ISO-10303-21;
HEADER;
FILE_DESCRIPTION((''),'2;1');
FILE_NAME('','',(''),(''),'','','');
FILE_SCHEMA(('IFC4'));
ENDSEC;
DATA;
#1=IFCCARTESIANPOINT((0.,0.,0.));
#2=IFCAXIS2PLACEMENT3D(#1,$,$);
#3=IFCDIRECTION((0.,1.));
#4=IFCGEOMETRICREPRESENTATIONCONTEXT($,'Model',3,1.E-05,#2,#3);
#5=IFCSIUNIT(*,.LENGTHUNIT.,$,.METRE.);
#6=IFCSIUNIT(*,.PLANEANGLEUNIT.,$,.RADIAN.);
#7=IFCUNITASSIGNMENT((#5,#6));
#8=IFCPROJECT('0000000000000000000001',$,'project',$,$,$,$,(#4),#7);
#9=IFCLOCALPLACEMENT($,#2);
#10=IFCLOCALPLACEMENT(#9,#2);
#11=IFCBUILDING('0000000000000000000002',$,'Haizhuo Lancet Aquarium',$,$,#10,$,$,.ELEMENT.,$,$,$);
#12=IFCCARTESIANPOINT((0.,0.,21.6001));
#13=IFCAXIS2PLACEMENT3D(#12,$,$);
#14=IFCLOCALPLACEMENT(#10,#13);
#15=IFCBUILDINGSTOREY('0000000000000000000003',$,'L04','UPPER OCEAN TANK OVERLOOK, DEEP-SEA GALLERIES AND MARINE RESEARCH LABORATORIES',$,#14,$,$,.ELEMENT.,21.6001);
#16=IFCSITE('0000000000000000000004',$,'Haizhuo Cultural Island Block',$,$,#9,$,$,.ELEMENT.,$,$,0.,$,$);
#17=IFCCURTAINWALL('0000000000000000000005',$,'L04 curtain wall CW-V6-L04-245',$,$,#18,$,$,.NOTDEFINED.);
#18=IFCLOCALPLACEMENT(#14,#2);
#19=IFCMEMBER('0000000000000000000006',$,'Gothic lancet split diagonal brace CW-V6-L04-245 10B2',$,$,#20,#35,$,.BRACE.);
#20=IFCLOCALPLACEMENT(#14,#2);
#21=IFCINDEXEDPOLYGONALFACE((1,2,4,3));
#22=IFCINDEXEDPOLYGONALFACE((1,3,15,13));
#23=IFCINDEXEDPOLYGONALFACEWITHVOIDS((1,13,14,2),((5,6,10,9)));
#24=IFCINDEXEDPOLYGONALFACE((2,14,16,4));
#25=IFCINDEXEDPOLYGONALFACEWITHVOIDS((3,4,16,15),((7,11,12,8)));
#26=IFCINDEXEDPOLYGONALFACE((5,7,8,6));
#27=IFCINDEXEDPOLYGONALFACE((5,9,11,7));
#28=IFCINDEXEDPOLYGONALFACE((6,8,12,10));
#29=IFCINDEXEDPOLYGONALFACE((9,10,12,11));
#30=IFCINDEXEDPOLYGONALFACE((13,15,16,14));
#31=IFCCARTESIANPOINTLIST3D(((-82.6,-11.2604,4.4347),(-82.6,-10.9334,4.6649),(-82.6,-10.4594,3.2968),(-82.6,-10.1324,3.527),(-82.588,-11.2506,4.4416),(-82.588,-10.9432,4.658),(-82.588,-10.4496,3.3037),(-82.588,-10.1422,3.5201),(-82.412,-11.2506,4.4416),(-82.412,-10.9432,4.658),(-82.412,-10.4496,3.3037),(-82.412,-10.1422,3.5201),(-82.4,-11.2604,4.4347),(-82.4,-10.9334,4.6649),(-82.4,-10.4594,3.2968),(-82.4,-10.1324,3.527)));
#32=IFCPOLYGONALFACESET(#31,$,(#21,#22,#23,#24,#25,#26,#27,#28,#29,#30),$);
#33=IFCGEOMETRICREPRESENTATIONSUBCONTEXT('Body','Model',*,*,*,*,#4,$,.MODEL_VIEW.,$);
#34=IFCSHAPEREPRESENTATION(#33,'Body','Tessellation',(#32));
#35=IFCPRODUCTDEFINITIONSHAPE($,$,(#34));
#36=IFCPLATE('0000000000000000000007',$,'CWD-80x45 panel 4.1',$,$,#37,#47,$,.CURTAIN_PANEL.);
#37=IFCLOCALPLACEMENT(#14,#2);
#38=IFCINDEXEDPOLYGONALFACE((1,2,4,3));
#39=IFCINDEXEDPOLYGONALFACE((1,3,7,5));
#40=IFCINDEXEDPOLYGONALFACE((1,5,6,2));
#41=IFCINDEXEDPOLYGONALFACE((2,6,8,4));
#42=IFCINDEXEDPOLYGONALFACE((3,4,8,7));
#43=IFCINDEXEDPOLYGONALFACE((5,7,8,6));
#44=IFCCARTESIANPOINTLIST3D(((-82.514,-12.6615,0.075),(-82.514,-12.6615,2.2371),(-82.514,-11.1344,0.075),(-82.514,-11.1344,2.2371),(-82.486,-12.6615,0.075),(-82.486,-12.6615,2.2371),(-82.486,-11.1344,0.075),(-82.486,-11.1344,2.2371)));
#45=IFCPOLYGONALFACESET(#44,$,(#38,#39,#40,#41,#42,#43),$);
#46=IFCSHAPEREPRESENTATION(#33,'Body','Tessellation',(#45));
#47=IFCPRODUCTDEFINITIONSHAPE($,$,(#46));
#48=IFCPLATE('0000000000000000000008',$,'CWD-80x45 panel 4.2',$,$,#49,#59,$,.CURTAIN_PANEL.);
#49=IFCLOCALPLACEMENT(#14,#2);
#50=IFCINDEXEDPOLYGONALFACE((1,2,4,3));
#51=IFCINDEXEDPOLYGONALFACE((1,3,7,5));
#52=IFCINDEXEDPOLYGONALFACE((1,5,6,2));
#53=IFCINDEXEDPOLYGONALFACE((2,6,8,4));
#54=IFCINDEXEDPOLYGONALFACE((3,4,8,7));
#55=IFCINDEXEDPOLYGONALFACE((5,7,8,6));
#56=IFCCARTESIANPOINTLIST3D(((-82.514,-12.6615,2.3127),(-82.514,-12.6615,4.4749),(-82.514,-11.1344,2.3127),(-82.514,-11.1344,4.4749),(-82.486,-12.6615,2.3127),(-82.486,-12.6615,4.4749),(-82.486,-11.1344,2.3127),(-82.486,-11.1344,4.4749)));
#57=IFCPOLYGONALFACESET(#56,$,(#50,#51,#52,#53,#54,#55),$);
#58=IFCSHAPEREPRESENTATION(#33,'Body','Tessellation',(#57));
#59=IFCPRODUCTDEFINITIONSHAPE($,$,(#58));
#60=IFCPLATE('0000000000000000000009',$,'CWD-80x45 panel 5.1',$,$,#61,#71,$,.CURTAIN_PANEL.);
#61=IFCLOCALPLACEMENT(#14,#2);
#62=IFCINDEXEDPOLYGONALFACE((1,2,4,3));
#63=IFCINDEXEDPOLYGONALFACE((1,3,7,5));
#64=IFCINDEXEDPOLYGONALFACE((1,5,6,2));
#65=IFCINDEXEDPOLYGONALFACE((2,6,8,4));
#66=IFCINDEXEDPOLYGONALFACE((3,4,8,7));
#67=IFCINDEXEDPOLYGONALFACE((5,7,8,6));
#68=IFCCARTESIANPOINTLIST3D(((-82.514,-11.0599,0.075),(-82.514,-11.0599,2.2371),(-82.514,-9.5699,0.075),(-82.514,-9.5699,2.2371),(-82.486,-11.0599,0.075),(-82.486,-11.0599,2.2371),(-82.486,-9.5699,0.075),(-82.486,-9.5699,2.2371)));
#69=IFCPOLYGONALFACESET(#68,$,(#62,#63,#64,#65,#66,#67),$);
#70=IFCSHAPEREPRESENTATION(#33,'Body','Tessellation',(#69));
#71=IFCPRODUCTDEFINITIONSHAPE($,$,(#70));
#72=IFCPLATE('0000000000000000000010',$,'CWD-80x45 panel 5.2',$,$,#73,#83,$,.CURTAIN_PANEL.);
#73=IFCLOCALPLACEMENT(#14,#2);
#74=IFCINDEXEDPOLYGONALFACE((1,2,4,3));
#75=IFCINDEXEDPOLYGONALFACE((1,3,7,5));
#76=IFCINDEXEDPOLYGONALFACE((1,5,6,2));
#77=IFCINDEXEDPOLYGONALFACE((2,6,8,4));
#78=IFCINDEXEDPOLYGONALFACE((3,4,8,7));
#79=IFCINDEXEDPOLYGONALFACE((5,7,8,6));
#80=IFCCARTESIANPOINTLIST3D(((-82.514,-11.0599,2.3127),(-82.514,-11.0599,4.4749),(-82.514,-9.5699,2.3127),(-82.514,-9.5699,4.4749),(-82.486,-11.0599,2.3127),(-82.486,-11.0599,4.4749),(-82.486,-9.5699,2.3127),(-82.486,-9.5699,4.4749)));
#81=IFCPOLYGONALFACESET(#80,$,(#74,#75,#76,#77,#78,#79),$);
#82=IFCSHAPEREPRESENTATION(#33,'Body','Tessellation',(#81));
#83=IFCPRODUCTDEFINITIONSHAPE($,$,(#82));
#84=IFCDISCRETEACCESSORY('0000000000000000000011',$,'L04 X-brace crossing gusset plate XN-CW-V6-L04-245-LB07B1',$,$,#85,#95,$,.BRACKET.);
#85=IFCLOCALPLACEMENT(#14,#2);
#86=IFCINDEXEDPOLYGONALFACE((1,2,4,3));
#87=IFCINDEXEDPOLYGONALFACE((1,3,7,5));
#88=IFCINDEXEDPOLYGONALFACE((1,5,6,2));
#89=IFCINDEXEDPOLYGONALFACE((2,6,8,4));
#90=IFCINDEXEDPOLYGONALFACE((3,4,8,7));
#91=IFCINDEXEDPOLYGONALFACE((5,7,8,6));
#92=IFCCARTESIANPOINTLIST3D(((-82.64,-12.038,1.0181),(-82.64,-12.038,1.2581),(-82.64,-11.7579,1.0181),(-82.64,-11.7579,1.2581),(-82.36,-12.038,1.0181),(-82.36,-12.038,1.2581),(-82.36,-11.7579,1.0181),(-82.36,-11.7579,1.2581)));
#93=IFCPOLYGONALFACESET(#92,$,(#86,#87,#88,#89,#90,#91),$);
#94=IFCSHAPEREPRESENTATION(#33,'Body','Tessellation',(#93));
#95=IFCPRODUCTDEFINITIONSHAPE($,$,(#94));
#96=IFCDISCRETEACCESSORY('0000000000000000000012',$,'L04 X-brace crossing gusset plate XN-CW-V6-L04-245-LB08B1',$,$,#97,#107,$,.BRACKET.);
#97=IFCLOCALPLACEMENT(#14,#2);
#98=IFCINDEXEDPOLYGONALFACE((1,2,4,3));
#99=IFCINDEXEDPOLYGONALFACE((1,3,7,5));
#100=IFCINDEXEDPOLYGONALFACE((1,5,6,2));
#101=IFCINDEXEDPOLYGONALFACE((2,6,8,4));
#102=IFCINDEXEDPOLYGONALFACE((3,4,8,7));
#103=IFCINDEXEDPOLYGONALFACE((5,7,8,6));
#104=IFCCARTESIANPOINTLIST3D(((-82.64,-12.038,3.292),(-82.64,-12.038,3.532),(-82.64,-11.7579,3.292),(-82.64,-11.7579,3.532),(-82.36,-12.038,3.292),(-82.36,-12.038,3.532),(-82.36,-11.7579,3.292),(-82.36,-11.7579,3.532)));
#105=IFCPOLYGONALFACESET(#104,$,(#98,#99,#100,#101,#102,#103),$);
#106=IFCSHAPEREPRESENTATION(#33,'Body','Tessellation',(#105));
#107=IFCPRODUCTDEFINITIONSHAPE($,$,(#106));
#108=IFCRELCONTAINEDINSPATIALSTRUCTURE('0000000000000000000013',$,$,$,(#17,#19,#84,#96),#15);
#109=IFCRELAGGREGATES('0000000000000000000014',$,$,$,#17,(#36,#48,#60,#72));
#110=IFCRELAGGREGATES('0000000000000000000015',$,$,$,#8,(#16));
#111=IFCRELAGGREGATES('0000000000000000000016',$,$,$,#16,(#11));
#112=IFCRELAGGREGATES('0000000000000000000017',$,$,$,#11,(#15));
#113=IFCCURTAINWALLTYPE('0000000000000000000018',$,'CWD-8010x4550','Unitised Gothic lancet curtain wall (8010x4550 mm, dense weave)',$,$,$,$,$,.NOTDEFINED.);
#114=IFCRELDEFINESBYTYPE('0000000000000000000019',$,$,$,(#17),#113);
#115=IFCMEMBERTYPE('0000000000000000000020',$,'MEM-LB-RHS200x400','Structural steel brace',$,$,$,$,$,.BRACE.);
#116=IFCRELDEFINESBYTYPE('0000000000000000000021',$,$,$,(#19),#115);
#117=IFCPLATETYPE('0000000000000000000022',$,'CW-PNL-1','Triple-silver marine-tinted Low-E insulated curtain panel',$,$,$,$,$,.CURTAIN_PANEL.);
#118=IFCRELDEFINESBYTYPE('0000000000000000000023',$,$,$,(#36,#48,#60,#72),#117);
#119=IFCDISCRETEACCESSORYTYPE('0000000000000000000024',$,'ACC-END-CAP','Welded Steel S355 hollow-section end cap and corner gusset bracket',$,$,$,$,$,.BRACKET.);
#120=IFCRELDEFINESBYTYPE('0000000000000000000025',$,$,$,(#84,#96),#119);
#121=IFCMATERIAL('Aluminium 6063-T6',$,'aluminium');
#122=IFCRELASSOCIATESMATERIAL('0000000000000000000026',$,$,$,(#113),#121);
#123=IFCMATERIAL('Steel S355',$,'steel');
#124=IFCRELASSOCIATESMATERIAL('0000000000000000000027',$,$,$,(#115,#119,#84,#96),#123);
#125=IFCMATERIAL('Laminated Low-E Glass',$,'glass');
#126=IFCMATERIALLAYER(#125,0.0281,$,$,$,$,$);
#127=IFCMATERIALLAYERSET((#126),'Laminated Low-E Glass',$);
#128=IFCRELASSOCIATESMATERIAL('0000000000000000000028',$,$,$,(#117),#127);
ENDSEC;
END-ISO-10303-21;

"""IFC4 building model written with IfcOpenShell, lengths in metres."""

from ifc_helpers import new_model, si_unit, direction, frame, origin, origin_2d, place, context, subcontext, project, spatial, rectangle, hollow_rectangle, extrude, material, layer, layer_set, material_profile, profile_set, type_object, element, aggregate, save


model = new_model("IFC4")

# Units and contexts
model_context = context("Model", 3, precision=1e-05, world=origin(), true_north=direction((0.0, 1.0)))
body_context = subcontext(model_context, "Body", "Model", "MODEL_VIEW")
ifc_project = project(units=[si_unit("LENGTHUNIT", "METRE"), si_unit("PLANEANGLEUNIT", "RADIAN")], contexts=[model_context])

# Site, building, storey
site_placement = place(None, origin())
site = spatial("IfcSite", under=ifc_project, at=site_placement, Name="Haizhuo Cultural Island Block", CompositionType="ELEMENT", RefElevation=0.0)
building_placement = place(site_placement, origin())
building = spatial("IfcBuilding", under=site, at=building_placement, Name="Haizhuo Lancet Aquarium", CompositionType="ELEMENT")
storey_placement = place(building_placement, frame((0.0, 0.0, 21.6001)))
storey = spatial("IfcBuildingStorey", under=building, at=storey_placement, Name="L04", Description="UPPER OCEAN TANK OVERLOOK, DEEP-SEA GALLERIES AND MARINE RESEARCH LABORATORIES", CompositionType="ELEMENT", Elevation=21.6001)

# Curtain wall
ifc_material_1 = material(Name="Aluminium 6063-T6", Category="aluminium")
curtain_wall_type = type_object("IfcCurtainWallType", Name="CWD-8010x4550", Description="Unitised Gothic lancet curtain wall (8010x4550 mm, dense weave)", PredefinedType="NOTDEFINED", material=ifc_material_1)
curtain_wall_placement = place(storey_placement, origin())
curtain_wall = element("IfcCurtainWall", 1, at=curtain_wall_placement, inside=storey, type_object=curtain_wall_type, Name="L04 curtain wall CW-V6-L04-245", PredefinedType="NOTDEFINED")

# Shared definitions
ifc_material_2 = material(Name="Steel S355", Category="steel")

# Member
ifc_material_profile_1 = material_profile(ifc_material_2, hollow_rectangle(XDim=0.2, YDim=0.3999, WallThickness=0.012, at=origin_2d()), Name="RHS 200x400x12")
ifc_profile_set_1 = profile_set([ifc_material_profile_1], Name="Steel S355")
member_type_1 = type_object("IfcMemberType", Name="MEM-LB-RHS200x400", Description="Structural steel brace", PredefinedType="BRACE", material=ifc_profile_set_1)
member_1_placement = place(storey_placement, frame((-82.5, -10.2959, 3.4119), z_axis=(0.0, -0.575615, 0.817721), x_axis=(1.0, 0.0, 0.0)))
element("IfcMember", 2, at=member_1_placement, inside=storey, type_object=member_type_1, Name="Gothic lancet split diagonal brace CW-V6-L04-245 10B2", PredefinedType="BRACE", context=body_context, shape_type="SweptSolid", body=[
    extrude(hollow_rectangle(XDim=0.2, YDim=0.3999, WallThickness=0.012, at=origin_2d()), origin(), (0.0, 0.0, 1.0), 1.3916),
])

# Plates
ifc_material_3 = material(Name="Laminated Low-E Glass", Category="glass")
ifc_layer = layer(ifc_material_3, 0.0281)
ifc_layer_set = layer_set([ifc_layer], Name="Laminated Low-E Glass")
plate_type = type_object("IfcPlateType", Name="CW-PNL-1", Description="Triple-silver marine-tinted Low-E insulated curtain panel", PredefinedType="CURTAIN_PANEL", material=ifc_layer_set)
plate_1_placement = place(storey_placement, frame((-82.5, -11.8979, 0.075), z_axis=(0.0, 0.0, 1.0), x_axis=(0.0, 1.0, 0.0)))
plate_1 = element("IfcPlate", 3, at=plate_1_placement, type_object=plate_type, Name="CWD-80x45 panel 4.1", PredefinedType="CURTAIN_PANEL", context=body_context, shape_type="SweptSolid", body=[
    extrude(rectangle(XDim=1.5271, YDim=0.0281, at=origin_2d()), origin(), (0.0, 0.0, 1.0), 2.1621),
])
plate_2_placement = place(storey_placement, frame((-82.5, -11.8979, 2.3127), z_axis=(0.0, 0.0, 1.0), x_axis=(0.0, 1.0, 0.0)))
plate_2 = element("IfcPlate", 4, at=plate_2_placement, type_object=plate_type, Name="CWD-80x45 panel 4.2", PredefinedType="CURTAIN_PANEL", context=body_context, shape_type="SweptSolid", body=[
    extrude(rectangle(XDim=1.5271, YDim=0.0281, at=origin_2d()), origin(), (0.0, 0.0, 1.0), 2.1621),
])
plate_3_placement = place(storey_placement, frame((-82.5, -10.3149, 0.075), z_axis=(0.0, 0.0, 1.0), x_axis=(0.0, 1.0, 0.0)))
plate_3 = element("IfcPlate", 5, at=plate_3_placement, type_object=plate_type, Name="CWD-80x45 panel 5.1", PredefinedType="CURTAIN_PANEL", context=body_context, shape_type="SweptSolid", body=[
    extrude(rectangle(XDim=1.49, YDim=0.0281, at=origin_2d()), origin(), (0.0, 0.0, 1.0), 2.1621),
])
plate_4_placement = place(storey_placement, frame((-82.5, -10.3149, 2.3127), z_axis=(0.0, 0.0, 1.0), x_axis=(0.0, 1.0, 0.0)))
plate_4 = element("IfcPlate", 6, at=plate_4_placement, type_object=plate_type, Name="CWD-80x45 panel 5.2", PredefinedType="CURTAIN_PANEL", context=body_context, shape_type="SweptSolid", body=[
    extrude(rectangle(XDim=1.49, YDim=0.0281, at=origin_2d()), origin(), (0.0, 0.0, 1.0), 2.1621),
])
aggregate(curtain_wall, [plate_1, plate_2, plate_3, plate_4])

# Discrete accessories
discrete_accessory_type = type_object("IfcDiscreteAccessoryType", Name="ACC-END-CAP", Description="Welded Steel S355 hollow-section end cap and corner gusset bracket", PredefinedType="BRACKET", material=ifc_material_2)
for number, where, z_axis, x_axis, name in (
    (7, (-82.5, -11.8979, 1.0181), (0.0, 0.0, 1.0), (1.0, 0.0, 0.0), "L04 X-brace crossing gusset plate XN-CW-V6-L04-245-LB07B1"),
    (8, (-82.5, -11.8979, 3.292), (0.0, 0.0, 1.0), (1.0, 0.0, 0.0), "L04 X-brace crossing gusset plate XN-CW-V6-L04-245-LB08B1"),
):
    element("IfcDiscreteAccessory", number, at=place(storey_placement, frame(where, z_axis=z_axis, x_axis=x_axis)), inside=storey, type_object=discrete_accessory_type, material=ifc_material_2, Name=name, PredefinedType="BRACKET", context=body_context, shape_type="SweptSolid", body=[
        extrude(rectangle(XDim=0.28, YDim=0.28, at=origin_2d()), origin(), (0.0, 0.0, 1.0), 0.24),
    ])

save(model, "model.ifc")
